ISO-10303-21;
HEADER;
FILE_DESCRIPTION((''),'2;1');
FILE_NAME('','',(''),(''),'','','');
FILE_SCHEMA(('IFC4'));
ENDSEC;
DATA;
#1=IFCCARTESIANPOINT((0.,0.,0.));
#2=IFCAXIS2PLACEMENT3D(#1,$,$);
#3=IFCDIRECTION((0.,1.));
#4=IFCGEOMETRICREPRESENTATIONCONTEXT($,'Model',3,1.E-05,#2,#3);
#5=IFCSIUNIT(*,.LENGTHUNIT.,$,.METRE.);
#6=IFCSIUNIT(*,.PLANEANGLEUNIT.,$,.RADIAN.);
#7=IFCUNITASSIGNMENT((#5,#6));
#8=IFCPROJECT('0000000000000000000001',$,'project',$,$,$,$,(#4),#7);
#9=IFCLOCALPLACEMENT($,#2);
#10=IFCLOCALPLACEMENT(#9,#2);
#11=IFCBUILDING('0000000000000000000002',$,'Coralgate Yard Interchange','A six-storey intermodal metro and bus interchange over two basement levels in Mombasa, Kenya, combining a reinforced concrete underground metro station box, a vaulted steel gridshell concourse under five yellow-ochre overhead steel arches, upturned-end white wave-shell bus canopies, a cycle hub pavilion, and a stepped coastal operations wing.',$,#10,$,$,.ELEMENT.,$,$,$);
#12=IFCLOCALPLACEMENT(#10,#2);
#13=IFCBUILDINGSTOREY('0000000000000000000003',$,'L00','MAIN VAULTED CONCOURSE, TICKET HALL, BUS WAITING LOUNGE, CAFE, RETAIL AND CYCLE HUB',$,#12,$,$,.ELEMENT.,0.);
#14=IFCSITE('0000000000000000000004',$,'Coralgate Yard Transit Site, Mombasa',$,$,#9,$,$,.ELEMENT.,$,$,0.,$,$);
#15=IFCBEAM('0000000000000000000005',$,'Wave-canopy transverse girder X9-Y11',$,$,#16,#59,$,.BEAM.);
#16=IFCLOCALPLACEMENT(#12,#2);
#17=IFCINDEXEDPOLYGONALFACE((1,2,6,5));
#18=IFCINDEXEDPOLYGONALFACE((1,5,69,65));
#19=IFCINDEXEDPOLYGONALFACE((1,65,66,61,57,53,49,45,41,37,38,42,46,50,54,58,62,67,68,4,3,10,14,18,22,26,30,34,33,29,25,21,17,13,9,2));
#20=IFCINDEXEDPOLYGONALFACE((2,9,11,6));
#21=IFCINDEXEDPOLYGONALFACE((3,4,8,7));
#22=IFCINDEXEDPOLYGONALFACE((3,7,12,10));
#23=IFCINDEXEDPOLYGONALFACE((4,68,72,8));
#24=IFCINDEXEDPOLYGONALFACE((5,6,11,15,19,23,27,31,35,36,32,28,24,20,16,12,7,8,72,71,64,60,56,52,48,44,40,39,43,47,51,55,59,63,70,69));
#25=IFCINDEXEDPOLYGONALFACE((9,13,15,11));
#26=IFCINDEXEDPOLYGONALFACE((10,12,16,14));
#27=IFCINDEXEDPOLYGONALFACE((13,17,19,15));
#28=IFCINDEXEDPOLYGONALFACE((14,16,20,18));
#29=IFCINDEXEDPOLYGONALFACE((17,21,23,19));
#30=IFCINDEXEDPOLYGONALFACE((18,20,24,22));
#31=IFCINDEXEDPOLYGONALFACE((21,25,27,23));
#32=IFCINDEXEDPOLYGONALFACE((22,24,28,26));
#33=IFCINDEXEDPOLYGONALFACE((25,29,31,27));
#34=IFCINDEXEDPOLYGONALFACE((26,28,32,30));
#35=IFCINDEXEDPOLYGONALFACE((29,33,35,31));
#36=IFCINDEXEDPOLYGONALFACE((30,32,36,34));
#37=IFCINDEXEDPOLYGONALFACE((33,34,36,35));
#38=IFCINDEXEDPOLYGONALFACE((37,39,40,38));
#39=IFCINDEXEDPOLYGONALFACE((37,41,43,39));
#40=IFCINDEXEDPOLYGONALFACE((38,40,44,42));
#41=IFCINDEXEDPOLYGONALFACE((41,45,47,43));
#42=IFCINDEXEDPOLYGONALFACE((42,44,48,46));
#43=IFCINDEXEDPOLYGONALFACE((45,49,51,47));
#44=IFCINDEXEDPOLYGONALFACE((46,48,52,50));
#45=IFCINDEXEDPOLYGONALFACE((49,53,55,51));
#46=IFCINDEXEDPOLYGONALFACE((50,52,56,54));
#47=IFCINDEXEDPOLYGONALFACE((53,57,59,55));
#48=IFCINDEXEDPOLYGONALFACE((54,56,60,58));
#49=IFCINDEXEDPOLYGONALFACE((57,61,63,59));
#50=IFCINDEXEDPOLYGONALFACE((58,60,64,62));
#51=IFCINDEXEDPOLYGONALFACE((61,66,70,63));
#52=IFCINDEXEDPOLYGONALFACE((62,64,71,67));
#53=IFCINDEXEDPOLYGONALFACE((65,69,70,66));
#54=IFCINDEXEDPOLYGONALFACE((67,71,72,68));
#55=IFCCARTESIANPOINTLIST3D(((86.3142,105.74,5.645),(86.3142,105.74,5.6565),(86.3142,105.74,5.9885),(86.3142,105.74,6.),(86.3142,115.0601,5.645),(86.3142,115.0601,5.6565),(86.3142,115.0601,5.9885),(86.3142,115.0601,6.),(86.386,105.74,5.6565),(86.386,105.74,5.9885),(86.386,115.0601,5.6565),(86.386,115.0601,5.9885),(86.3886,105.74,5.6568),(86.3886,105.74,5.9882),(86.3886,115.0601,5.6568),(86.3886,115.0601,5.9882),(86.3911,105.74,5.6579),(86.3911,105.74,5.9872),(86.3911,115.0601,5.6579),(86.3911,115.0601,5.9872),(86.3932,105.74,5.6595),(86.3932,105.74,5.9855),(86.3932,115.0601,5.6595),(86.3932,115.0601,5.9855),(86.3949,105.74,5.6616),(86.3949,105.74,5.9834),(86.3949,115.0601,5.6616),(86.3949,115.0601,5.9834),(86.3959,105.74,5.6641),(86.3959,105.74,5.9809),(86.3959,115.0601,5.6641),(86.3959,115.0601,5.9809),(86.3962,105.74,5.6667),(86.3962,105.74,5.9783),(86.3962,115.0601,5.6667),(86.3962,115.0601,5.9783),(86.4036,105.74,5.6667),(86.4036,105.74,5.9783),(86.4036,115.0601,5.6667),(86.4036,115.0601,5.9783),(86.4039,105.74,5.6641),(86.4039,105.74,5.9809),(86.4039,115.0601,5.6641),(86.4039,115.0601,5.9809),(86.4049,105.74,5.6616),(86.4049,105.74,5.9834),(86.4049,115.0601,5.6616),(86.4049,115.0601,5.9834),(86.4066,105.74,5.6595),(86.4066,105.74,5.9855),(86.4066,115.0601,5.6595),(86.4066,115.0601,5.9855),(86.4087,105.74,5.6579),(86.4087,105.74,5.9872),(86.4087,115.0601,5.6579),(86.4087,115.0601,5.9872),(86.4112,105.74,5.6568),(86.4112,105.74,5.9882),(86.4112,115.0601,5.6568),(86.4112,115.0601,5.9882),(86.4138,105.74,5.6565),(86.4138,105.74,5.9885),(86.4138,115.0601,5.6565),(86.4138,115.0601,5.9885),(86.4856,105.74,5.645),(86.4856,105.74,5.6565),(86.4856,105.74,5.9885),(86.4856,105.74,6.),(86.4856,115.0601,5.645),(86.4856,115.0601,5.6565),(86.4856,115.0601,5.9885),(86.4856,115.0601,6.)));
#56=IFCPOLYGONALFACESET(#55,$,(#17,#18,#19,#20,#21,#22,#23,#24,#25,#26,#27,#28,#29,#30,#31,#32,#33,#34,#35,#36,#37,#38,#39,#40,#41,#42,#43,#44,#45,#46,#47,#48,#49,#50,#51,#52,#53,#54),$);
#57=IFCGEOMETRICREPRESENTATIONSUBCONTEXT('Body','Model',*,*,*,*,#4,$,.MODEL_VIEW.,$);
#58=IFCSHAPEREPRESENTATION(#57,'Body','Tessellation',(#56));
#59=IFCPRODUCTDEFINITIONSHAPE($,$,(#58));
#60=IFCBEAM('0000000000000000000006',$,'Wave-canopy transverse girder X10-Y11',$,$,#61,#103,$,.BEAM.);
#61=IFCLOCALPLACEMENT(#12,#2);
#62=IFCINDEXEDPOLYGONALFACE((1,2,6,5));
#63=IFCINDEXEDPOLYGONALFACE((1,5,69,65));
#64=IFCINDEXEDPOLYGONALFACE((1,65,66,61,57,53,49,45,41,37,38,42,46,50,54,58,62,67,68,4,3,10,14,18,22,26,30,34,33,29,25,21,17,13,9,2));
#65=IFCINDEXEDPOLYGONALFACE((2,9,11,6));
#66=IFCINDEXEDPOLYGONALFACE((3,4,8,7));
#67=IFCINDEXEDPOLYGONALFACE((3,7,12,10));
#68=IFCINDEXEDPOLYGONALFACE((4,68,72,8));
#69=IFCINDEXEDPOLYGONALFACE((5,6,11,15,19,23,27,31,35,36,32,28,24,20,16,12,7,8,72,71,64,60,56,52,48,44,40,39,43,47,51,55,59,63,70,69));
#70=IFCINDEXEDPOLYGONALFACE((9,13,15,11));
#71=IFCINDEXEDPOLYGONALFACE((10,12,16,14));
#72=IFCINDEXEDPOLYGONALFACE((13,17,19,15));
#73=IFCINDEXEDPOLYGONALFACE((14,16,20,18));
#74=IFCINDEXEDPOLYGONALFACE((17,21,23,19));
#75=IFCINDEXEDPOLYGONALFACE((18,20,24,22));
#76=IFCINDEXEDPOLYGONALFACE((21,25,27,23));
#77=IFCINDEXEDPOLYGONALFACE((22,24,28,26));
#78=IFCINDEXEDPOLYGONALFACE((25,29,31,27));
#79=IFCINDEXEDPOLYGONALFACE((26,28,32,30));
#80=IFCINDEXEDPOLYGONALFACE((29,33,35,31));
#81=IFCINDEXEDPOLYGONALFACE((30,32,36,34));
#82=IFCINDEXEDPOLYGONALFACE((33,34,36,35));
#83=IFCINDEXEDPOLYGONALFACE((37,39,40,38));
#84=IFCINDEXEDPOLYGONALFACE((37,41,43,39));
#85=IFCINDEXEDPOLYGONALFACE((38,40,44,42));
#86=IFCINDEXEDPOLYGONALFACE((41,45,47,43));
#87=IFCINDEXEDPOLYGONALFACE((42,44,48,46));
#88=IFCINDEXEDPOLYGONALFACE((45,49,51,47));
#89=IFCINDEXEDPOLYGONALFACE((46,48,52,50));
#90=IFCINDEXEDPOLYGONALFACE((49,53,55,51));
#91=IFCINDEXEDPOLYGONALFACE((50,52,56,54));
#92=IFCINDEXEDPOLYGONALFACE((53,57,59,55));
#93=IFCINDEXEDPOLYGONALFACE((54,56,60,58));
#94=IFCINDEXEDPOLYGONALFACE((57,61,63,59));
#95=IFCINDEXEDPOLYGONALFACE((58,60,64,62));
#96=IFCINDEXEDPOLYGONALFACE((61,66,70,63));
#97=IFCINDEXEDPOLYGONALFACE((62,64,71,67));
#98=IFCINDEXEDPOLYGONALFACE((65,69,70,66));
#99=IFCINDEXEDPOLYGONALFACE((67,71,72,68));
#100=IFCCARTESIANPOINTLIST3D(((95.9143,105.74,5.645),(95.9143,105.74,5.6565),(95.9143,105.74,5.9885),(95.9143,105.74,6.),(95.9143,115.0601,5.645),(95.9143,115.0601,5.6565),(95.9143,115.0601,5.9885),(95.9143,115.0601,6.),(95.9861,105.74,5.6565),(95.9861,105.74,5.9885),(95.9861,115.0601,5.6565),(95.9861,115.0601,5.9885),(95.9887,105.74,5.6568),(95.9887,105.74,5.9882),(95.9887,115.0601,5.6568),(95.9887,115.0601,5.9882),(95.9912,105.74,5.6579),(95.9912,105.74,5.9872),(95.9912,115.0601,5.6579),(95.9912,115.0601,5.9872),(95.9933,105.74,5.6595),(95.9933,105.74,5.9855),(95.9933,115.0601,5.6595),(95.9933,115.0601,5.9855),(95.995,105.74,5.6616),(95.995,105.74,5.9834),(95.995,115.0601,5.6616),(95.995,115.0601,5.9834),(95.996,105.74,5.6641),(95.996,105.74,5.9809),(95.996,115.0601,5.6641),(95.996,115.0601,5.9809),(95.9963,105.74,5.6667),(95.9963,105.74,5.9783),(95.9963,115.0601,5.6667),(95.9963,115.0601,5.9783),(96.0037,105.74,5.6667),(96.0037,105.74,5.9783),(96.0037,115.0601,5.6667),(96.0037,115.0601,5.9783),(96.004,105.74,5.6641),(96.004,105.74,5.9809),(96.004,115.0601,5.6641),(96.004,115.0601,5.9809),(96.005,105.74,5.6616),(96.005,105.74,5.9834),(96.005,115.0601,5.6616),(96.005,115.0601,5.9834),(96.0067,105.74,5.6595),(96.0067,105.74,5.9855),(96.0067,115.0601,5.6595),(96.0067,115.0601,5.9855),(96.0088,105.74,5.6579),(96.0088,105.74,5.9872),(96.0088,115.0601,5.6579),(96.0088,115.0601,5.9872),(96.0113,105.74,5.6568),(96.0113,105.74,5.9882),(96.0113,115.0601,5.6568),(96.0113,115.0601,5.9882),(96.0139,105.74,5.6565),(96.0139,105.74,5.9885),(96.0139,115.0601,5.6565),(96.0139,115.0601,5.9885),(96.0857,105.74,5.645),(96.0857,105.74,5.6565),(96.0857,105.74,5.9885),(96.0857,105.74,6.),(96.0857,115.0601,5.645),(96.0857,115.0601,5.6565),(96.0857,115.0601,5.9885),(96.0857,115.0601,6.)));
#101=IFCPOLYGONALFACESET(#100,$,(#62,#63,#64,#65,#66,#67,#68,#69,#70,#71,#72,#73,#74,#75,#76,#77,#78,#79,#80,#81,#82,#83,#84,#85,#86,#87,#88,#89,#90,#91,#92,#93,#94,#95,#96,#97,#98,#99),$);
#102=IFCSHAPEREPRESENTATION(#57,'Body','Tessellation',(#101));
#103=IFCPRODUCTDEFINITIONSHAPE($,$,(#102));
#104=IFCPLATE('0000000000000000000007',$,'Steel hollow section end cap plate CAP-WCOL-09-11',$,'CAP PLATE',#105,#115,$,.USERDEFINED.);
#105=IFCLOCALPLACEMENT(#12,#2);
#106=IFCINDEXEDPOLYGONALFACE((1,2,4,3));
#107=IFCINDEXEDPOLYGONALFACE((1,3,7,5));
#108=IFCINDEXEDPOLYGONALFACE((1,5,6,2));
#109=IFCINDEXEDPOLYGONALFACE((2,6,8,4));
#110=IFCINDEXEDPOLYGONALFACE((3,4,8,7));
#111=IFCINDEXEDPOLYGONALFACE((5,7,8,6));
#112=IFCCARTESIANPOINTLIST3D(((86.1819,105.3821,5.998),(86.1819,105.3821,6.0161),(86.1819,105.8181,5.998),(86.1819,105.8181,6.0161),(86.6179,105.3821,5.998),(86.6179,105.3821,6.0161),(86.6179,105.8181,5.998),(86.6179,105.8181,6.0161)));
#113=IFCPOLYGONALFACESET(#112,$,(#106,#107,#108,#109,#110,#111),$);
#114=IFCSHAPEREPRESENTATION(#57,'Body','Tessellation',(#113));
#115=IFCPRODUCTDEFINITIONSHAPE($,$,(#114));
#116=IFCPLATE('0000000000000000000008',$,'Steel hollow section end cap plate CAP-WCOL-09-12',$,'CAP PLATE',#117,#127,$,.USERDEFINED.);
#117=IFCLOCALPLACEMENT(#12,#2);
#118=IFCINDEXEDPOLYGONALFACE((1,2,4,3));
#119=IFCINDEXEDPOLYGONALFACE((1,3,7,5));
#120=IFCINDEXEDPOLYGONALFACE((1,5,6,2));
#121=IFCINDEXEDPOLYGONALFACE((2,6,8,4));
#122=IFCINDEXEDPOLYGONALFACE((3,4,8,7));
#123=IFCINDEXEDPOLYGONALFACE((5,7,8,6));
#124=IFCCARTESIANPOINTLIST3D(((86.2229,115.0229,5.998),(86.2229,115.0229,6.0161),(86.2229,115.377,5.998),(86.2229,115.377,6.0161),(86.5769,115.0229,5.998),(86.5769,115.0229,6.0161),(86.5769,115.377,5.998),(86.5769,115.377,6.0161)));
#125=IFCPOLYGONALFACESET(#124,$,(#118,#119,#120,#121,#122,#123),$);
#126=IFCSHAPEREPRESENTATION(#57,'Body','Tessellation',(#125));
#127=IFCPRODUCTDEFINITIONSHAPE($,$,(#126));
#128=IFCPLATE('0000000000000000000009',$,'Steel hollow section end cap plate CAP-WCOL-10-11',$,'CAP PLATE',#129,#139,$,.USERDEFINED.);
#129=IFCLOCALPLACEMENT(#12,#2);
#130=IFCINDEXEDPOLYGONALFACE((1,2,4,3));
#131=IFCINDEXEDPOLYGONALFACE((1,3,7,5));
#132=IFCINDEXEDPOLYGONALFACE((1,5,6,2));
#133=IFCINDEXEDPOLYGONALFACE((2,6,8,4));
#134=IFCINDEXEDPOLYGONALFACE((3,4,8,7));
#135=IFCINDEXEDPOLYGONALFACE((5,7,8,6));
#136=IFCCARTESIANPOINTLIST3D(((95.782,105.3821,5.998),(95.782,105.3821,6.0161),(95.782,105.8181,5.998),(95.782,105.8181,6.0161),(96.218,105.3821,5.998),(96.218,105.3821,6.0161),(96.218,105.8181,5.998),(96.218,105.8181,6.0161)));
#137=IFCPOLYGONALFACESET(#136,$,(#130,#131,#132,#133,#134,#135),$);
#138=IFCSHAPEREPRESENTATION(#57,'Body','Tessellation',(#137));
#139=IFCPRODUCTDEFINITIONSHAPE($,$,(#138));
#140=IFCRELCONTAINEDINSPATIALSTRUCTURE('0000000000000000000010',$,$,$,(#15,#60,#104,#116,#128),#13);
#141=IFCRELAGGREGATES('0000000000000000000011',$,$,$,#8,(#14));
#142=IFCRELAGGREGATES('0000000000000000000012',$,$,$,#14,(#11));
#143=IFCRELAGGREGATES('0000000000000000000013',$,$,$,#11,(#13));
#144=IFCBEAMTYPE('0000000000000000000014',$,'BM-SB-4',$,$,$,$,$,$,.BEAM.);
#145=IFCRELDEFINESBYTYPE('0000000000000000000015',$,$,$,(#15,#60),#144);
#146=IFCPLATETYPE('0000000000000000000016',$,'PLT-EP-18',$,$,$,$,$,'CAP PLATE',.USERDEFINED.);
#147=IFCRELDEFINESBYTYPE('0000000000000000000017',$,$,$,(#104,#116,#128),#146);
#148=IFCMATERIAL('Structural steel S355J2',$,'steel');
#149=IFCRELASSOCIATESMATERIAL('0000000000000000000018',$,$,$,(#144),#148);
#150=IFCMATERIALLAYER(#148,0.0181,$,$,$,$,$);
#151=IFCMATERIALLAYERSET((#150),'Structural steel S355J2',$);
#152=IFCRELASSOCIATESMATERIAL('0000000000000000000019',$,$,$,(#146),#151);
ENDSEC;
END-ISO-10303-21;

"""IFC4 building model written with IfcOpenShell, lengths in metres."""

from ifc_helpers import new_model, si_unit, direction, frame, origin, origin_2d, place, context, subcontext, project, spatial, rectangle, i_section, extrude, material, layer, layer_set, material_profile, profile_set, type_object, element, save


model = new_model("IFC4")

# Units and contexts
model_context = context("Model", 3, precision=1e-05, world=origin(), true_north=direction((0.0, 1.0)))
body_context = subcontext(model_context, "Body", "Model", "MODEL_VIEW")
ifc_project = project(units=[si_unit("LENGTHUNIT", "METRE"), si_unit("PLANEANGLEUNIT", "RADIAN")], contexts=[model_context])

# Site, building, storey
site_placement = place(None, origin())
site = spatial("IfcSite", under=ifc_project, at=site_placement, Name="Coralgate Yard Transit Site, Mombasa", CompositionType="ELEMENT", RefElevation=0.0)
building_placement = place(site_placement, origin())
building = spatial("IfcBuilding", under=site, at=building_placement, Name="Coralgate Yard Interchange", Description="A six-storey intermodal metro and bus interchange over two basement levels in Mombasa, Kenya, combining a reinforced concrete underground metro station box, a vaulted steel gridshell concourse under five yellow-ochre overhead steel arches, upturned-end white wave-shell bus canopies, a cycle hub pavilion, and a stepped coastal operations wing.", CompositionType="ELEMENT")
storey_placement = place(building_placement, origin())
storey = spatial("IfcBuildingStorey", under=building, at=storey_placement, Name="L00", Description="MAIN VAULTED CONCOURSE, TICKET HALL, BUS WAITING LOUNGE, CAFE, RETAIL AND CYCLE HUB", CompositionType="ELEMENT", Elevation=0.0)

# Shared definitions
ifc_material_1 = material(Name="Structural steel S355J2", Category="steel")

# Beams
ifc_material_profile_1 = material_profile(ifc_material_1, i_section(OverallWidth=0.1714, OverallDepth=0.355, WebThickness=0.0073, FlangeThickness=0.0115, FilletRadius=0.0103, at=origin_2d()), Name="UB 356x171x51")
ifc_profile_set_1 = profile_set([ifc_material_profile_1], Name="Structural steel S355J2")
beam_type_1 = type_object("IfcBeamType", Name="BM-SB-4", PredefinedType="BEAM", material=ifc_profile_set_1)
for number, where, z_axis, x_axis, name in (
    (1, (86.3999, 105.74, 5.8225), (0.0, 1.0, 0.0), (-1.0, 0.0, 0.0), "Wave-canopy transverse girder X9-Y11"),
    (2, (96.0, 105.74, 5.8225), (0.0, 1.0, 0.0), (-1.0, 0.0, 0.0), "Wave-canopy transverse girder X10-Y11"),
):
    element("IfcBeam", number, at=place(storey_placement, frame(where, z_axis=z_axis, x_axis=x_axis)), inside=storey, type_object=beam_type_1, Name=name, PredefinedType="BEAM", context=body_context, shape_type="SweptSolid", body=[
        extrude(i_section(OverallWidth=0.1714, OverallDepth=0.355, WebThickness=0.0073, FlangeThickness=0.0115, FilletRadius=0.0103, at=origin_2d()), origin(), (0.0, 0.0, 1.0), 9.3201),
    ])

# Plates
ifc_layer = layer(ifc_material_1, 0.0181)
ifc_layer_set = layer_set([ifc_layer], Name="Structural steel S355J2")
plate_type = type_object("IfcPlateType", Name="PLT-EP-18", ElementType="CAP PLATE", PredefinedType="USERDEFINED", material=ifc_layer_set)
plate_1_placement = place(storey_placement, frame((86.3999, 105.6001, 5.998), z_axis=(0.0, 0.0, 1.0), x_axis=(1.0, 0.0, 0.0)))
element("IfcPlate", 3, at=plate_1_placement, inside=storey, type_object=plate_type, Name="Steel hollow section end cap plate CAP-WCOL-09-11", ObjectType="CAP PLATE", PredefinedType="USERDEFINED", context=body_context, shape_type="SweptSolid", body=[
    extrude(rectangle(XDim=0.436, YDim=0.436, at=origin_2d()), origin(), (0.0, 0.0, 1.0), 0.0181),
])
plate_2_placement = place(storey_placement, frame((86.3999, 115.2, 5.998), z_axis=(0.0, 0.0, 1.0), x_axis=(1.0, 0.0, 0.0)))
element("IfcPlate", 4, at=plate_2_placement, inside=storey, type_object=plate_type, Name="Steel hollow section end cap plate CAP-WCOL-09-12", ObjectType="CAP PLATE", PredefinedType="USERDEFINED", context=body_context, shape_type="SweptSolid", body=[
    extrude(rectangle(XDim=0.354, YDim=0.354, at=origin_2d()), origin(), (0.0, 0.0, 1.0), 0.0181),
])
plate_3_placement = place(storey_placement, frame((96.0, 105.6001, 5.998), z_axis=(0.0, 0.0, 1.0), x_axis=(1.0, 0.0, 0.0)))
element("IfcPlate", 5, at=plate_3_placement, inside=storey, type_object=plate_type, Name="Steel hollow section end cap plate CAP-WCOL-10-11", ObjectType="CAP PLATE", PredefinedType="USERDEFINED", context=body_context, shape_type="SweptSolid", body=[
    extrude(rectangle(XDim=0.436, YDim=0.436, at=origin_2d()), origin(), (0.0, 0.0, 1.0), 0.0181),
])

save(model, "model.ifc")
